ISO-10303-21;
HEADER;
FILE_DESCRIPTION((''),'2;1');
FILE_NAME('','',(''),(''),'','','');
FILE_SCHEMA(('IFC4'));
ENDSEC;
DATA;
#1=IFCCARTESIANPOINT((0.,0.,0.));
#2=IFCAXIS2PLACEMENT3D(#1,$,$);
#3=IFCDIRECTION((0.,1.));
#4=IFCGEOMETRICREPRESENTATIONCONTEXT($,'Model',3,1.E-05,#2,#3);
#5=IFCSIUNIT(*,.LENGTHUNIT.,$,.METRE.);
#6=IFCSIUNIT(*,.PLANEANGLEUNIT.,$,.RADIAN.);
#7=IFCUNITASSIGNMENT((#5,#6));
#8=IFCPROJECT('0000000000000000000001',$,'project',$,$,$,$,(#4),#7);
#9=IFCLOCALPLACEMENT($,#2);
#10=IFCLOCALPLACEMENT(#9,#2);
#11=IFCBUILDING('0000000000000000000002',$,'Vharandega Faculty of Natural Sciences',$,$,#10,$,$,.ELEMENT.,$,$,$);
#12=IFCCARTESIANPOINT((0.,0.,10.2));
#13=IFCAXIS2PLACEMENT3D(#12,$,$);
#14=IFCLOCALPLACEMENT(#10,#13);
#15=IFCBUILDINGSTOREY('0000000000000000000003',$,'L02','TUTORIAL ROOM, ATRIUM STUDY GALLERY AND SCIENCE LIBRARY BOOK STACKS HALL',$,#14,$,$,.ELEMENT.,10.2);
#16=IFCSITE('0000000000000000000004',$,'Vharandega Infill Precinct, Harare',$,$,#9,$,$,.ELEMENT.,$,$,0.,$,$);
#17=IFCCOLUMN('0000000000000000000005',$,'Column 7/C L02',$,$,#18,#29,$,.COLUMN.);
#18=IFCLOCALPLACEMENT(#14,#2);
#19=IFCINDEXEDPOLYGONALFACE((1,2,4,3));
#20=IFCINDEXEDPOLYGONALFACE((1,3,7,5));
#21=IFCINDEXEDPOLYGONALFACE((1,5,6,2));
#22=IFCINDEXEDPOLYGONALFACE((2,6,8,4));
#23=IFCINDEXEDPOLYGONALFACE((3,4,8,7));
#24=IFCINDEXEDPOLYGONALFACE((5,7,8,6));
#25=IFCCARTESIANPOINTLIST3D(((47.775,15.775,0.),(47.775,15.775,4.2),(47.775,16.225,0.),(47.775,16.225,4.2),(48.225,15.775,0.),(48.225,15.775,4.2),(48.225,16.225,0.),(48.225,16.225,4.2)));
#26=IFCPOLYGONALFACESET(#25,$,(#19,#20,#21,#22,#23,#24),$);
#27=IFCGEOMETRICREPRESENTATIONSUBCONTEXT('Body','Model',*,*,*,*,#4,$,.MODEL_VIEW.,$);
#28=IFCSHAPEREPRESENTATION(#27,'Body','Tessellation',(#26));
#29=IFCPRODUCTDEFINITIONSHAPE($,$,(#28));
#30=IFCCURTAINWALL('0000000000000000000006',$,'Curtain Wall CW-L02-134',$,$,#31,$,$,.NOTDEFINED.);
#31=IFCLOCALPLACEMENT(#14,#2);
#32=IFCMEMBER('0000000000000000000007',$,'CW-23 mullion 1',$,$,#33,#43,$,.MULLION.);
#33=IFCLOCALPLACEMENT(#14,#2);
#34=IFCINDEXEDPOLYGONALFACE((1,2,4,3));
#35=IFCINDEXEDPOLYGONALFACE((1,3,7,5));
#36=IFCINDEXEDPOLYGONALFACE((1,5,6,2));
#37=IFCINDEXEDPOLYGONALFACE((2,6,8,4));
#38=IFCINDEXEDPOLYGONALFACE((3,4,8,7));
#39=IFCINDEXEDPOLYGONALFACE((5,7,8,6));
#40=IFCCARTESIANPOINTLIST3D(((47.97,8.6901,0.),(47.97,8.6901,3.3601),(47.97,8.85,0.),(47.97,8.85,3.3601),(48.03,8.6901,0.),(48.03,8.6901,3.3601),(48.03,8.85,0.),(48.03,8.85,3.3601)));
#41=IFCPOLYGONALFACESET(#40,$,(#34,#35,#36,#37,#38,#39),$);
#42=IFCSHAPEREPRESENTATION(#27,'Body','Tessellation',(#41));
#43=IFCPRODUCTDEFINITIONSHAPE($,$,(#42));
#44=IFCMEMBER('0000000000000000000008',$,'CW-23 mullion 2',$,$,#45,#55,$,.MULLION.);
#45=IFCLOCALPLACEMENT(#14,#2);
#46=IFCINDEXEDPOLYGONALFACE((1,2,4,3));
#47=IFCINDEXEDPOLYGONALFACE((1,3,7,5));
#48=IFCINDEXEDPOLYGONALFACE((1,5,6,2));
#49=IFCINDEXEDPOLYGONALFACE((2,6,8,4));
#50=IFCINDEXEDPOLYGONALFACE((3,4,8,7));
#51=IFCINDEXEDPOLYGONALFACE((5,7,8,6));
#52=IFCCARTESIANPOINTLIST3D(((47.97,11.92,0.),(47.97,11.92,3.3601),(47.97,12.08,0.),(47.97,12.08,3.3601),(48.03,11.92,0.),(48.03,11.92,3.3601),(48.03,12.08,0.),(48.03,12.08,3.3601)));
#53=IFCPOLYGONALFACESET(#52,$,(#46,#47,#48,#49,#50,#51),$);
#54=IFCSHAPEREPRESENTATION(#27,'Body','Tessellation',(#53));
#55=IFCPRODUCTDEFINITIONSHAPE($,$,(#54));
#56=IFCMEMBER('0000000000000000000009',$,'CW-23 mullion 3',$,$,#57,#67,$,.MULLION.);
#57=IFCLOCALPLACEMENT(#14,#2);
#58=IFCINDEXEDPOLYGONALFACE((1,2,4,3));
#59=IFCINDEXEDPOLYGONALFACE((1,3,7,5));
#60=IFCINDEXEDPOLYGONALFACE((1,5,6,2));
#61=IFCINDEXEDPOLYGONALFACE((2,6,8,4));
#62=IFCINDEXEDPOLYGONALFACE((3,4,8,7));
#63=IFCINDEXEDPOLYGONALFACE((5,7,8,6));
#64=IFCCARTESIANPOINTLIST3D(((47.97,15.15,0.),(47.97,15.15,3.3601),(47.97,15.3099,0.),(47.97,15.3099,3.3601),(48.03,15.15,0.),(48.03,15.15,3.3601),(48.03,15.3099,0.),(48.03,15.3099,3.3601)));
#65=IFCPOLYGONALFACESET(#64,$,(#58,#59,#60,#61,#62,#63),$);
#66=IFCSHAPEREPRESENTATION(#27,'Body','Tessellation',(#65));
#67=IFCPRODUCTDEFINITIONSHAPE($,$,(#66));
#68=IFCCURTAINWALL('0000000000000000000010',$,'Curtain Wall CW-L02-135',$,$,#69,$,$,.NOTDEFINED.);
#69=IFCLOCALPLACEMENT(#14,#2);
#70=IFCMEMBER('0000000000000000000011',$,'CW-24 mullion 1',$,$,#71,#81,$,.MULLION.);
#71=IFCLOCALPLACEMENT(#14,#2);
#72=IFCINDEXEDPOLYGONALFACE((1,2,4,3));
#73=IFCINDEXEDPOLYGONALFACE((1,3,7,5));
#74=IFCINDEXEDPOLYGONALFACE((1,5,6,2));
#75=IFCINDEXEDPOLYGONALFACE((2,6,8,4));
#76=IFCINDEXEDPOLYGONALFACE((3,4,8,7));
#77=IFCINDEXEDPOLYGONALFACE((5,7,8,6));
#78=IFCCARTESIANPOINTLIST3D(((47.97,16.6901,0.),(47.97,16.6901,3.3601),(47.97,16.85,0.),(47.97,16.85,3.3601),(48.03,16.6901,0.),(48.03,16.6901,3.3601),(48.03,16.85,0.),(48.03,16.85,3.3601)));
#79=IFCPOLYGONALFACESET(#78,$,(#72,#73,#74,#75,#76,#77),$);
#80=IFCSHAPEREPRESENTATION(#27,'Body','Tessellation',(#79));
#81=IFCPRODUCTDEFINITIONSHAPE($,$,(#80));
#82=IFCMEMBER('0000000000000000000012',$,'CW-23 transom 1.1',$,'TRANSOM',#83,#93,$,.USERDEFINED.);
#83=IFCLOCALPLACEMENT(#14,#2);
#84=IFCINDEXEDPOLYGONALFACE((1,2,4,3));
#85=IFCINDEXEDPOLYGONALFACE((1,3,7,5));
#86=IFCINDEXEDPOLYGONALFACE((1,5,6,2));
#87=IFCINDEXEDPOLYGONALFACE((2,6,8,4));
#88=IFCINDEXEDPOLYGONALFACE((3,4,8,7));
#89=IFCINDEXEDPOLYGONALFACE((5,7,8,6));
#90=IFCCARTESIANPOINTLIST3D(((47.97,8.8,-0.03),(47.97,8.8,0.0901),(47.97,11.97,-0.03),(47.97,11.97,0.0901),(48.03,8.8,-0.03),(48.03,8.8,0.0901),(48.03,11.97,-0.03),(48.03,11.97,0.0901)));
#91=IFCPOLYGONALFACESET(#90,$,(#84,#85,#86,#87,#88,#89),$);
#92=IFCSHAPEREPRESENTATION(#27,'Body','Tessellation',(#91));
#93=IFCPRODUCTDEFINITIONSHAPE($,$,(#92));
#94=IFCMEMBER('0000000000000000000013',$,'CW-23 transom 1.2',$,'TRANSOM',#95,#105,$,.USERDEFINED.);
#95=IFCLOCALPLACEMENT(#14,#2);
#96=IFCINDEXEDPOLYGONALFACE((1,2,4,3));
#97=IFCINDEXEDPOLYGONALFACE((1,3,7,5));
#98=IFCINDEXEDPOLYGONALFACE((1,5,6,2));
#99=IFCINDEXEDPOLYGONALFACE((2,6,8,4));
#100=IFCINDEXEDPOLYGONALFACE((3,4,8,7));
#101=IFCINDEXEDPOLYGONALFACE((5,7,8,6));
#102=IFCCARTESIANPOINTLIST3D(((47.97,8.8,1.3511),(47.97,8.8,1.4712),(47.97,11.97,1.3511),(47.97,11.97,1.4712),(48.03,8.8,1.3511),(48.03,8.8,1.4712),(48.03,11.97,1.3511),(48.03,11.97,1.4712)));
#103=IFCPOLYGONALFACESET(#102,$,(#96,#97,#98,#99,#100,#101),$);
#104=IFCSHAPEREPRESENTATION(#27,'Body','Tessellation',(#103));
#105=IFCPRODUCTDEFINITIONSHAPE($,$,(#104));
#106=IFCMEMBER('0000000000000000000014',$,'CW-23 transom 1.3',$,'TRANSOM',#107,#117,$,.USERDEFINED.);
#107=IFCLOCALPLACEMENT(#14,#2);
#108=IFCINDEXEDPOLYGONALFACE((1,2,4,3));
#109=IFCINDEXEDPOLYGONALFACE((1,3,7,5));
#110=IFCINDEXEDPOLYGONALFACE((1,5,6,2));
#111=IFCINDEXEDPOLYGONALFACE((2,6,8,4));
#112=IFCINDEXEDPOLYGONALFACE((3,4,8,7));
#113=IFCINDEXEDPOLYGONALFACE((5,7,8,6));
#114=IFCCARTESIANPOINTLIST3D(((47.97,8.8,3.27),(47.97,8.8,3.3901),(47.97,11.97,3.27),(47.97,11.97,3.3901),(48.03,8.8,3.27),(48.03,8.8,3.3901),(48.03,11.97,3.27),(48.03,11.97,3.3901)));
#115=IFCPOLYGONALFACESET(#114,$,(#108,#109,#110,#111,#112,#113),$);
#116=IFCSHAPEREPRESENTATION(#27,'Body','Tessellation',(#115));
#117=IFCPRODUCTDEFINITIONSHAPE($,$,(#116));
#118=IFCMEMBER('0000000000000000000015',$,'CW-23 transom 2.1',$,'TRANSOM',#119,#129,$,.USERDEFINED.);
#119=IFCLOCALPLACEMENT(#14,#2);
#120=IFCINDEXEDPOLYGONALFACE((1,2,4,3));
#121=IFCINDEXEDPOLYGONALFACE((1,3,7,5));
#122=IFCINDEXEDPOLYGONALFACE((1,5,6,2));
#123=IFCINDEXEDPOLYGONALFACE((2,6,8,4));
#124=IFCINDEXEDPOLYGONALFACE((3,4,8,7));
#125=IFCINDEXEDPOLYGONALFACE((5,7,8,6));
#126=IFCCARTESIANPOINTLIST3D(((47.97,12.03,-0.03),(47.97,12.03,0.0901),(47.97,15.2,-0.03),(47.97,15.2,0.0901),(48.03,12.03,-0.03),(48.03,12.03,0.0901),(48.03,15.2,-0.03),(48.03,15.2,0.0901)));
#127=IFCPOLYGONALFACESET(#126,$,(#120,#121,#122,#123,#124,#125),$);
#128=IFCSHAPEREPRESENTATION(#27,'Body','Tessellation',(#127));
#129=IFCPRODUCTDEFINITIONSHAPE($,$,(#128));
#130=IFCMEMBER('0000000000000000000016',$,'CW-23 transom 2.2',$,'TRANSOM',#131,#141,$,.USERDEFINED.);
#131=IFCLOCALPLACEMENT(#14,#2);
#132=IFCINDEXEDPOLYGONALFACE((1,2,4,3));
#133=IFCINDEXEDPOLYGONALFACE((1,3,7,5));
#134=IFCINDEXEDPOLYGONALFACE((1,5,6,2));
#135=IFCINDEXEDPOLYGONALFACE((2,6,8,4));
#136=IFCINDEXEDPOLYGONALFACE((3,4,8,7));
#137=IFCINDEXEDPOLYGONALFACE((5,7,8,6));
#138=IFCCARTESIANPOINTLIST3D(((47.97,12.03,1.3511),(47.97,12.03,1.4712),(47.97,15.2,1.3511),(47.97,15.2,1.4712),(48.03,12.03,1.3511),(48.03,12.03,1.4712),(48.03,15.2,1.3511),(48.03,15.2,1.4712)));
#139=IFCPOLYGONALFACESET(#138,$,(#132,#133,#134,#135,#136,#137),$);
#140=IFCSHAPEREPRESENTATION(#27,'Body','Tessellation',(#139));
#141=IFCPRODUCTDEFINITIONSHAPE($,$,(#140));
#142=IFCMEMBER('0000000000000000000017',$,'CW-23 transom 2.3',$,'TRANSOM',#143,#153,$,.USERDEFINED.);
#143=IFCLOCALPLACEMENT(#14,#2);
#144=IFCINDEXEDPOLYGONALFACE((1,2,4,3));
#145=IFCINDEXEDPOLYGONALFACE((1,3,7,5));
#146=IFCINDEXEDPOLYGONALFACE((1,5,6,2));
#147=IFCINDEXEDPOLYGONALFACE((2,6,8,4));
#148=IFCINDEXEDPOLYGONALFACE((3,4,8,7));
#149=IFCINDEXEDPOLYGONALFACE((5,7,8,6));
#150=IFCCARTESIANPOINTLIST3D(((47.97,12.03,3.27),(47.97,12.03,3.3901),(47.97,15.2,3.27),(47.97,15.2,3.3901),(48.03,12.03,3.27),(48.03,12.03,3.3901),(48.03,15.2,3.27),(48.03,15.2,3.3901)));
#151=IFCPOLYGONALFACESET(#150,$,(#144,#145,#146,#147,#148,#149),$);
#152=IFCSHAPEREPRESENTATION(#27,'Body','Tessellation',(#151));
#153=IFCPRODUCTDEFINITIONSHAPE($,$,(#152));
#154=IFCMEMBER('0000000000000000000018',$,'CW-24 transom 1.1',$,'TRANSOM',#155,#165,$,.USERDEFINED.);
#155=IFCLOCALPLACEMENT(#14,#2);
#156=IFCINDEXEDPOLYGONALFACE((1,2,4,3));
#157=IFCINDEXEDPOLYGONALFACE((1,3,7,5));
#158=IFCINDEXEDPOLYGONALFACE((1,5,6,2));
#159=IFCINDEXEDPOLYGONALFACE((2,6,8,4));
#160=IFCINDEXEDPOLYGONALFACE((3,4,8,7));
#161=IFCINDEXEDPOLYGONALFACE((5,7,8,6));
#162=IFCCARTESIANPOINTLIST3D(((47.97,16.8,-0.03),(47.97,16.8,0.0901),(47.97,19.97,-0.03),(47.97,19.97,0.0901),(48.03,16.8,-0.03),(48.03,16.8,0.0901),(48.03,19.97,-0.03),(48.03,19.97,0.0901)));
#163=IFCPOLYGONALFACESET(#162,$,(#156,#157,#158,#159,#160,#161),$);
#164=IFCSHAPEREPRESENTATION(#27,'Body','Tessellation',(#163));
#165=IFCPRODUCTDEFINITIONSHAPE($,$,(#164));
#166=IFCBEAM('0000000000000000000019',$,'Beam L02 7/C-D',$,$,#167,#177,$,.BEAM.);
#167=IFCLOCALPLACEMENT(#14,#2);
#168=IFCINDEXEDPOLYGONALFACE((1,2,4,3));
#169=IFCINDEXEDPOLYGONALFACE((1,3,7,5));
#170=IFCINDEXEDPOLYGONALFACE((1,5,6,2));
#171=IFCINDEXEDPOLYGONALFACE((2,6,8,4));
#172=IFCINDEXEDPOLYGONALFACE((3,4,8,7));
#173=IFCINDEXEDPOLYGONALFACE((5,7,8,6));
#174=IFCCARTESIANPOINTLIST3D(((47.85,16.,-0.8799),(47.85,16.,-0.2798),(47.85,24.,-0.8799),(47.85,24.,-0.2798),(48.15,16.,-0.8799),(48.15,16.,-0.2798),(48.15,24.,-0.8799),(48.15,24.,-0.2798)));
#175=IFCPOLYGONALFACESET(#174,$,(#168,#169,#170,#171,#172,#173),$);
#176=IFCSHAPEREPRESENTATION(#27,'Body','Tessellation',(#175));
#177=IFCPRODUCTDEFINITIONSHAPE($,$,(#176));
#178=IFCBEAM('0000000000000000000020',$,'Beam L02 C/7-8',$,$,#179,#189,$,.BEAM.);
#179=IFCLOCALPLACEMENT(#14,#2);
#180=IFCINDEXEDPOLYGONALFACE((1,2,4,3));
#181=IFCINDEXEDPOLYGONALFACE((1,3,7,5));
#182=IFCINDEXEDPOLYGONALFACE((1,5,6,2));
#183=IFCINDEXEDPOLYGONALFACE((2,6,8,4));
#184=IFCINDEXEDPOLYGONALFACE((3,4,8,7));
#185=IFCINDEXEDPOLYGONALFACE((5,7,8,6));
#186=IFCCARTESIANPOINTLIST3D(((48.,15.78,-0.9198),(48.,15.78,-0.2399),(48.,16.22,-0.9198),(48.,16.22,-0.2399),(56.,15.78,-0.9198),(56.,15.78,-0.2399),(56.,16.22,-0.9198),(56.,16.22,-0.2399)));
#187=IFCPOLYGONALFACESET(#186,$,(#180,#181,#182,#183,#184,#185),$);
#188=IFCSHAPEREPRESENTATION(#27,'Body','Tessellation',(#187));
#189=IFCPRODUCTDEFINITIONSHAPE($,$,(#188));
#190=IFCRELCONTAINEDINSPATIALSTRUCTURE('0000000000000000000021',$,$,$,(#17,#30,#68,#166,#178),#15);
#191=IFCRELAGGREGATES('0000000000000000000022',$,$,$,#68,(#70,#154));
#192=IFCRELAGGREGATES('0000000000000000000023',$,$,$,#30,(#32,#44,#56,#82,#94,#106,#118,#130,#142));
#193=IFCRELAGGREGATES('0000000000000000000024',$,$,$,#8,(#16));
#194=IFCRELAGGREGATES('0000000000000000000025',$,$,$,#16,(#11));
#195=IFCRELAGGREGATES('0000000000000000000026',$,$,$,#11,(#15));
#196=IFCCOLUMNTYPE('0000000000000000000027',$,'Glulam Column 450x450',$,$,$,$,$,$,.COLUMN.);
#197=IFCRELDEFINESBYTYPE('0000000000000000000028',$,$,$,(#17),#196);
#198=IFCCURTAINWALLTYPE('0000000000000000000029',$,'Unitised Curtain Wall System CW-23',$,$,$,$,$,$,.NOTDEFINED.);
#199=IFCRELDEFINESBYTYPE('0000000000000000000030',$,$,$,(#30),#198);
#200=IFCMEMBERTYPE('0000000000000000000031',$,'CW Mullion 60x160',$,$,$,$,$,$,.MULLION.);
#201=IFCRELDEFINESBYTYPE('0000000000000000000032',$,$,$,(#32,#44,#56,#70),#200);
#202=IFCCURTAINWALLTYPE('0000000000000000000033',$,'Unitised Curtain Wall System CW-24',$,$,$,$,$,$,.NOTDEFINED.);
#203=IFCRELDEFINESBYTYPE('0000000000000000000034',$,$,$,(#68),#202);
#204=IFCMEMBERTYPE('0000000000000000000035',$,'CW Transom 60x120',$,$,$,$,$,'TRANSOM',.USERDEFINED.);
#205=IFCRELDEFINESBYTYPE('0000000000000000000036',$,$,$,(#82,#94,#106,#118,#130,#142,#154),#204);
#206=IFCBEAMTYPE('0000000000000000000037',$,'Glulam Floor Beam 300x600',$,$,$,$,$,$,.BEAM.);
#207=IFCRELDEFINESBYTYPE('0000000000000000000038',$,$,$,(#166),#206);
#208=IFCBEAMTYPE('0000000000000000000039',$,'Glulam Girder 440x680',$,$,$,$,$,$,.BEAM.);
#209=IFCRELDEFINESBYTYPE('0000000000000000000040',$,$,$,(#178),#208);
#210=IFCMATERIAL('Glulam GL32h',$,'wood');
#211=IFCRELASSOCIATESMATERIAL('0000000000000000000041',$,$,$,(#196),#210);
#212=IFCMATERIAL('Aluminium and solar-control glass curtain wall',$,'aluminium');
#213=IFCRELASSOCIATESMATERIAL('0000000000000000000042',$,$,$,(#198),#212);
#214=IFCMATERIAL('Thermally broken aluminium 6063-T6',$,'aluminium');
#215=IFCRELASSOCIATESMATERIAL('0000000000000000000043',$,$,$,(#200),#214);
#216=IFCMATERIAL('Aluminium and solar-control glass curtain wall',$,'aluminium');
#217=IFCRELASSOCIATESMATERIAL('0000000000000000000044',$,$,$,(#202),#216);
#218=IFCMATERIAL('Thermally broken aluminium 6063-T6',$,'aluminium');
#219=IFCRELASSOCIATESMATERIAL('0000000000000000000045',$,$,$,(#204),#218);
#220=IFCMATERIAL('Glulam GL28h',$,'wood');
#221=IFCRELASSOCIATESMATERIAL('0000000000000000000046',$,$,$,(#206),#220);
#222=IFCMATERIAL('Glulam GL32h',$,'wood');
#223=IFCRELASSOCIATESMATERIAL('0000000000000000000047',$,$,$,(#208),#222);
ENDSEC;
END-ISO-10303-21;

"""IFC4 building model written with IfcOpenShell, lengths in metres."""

from ifc_helpers import new_model, si_unit, direction, frame, origin, origin_2d, place, context, subcontext, project, spatial, rectangle, extrude, material, material_profile, profile_set, type_object, element, aggregate, save


model = new_model("IFC4")

# Units and contexts
model_context = context("Model", 3, precision=1e-05, world=origin(), true_north=direction((0.0, 1.0)))
body_context = subcontext(model_context, "Body", "Model", "MODEL_VIEW")
ifc_project = project(units=[si_unit("LENGTHUNIT", "METRE"), si_unit("PLANEANGLEUNIT", "RADIAN")], contexts=[model_context])

# Site, building, storey
site_placement = place(None, origin())
site = spatial("IfcSite", under=ifc_project, at=site_placement, Name="Vharandega Infill Precinct, Harare", CompositionType="ELEMENT", RefElevation=0.0)
building_placement = place(site_placement, origin())
building = spatial("IfcBuilding", under=site, at=building_placement, Name="Vharandega Faculty of Natural Sciences", CompositionType="ELEMENT")
storey_placement = place(building_placement, frame((0.0, 0.0, 10.2)))
storey = spatial("IfcBuildingStorey", under=building, at=storey_placement, Name="L02", Description="TUTORIAL ROOM, ATRIUM STUDY GALLERY AND SCIENCE LIBRARY BOOK STACKS HALL", CompositionType="ELEMENT", Elevation=10.2)

# Column
ifc_material_1 = material(Name="Glulam GL32h", Category="wood")
ifc_material_profile_1 = material_profile(ifc_material_1, rectangle(XDim=0.45, YDim=0.45, at=origin_2d()), Name="GL32h 450x450")
ifc_profile_set_1 = profile_set([ifc_material_profile_1], Name="Glulam GL32h")
column_type = type_object("IfcColumnType", Name="Glulam Column 450x450", PredefinedType="COLUMN", material=ifc_profile_set_1)
column_placement = place(storey_placement, frame((48.0, 16.0, 0.0), z_axis=(0.0, 0.0, 1.0), x_axis=(1.0, 0.0, 0.0)))
element("IfcColumn", 1, at=column_placement, inside=storey, type_object=column_type, Name="Column 7/C L02", PredefinedType="COLUMN", context=body_context, shape_type="SweptSolid", body=[
    extrude(rectangle(XDim=0.45, YDim=0.45, at=origin_2d()), origin(), (0.0, 0.0, 1.0), 4.2),
])

# Curtain wall, members
ifc_material_2 = material(Name="Aluminium and solar-control glass curtain wall", Category="aluminium")
curtain_wall_type_1 = type_object("IfcCurtainWallType", Name="Unitised Curtain Wall System CW-23", PredefinedType="NOTDEFINED", material=ifc_material_2)
curtain_wall_1_placement = place(storey_placement, origin())
curtain_wall_1 = element("IfcCurtainWall", 2, at=curtain_wall_1_placement, inside=storey, type_object=curtain_wall_type_1, Name="Curtain Wall CW-L02-134", PredefinedType="NOTDEFINED")
ifc_material_3 = material(Name="Thermally broken aluminium 6063-T6", Category="aluminium")
ifc_material_profile_2 = material_profile(ifc_material_3, rectangle(XDim=0.0601, YDim=0.1599, at=origin_2d()), Name="ALU 60x160")
ifc_profile_set_2 = profile_set([ifc_material_profile_2], Name="Thermally broken aluminium 6063-T6")
member_type_1 = type_object("IfcMemberType", Name="CW Mullion 60x160", PredefinedType="MULLION", material=ifc_profile_set_2)
member_1_placement = place(storey_placement, frame((48.0, 8.77, 0.0), z_axis=(0.0, 0.0, 1.0), x_axis=(-1.0, 0.0, 0.0)))
member_1 = element("IfcMember", 3, at=member_1_placement, type_object=member_type_1, Name="CW-23 mullion 1", PredefinedType="MULLION", context=body_context, shape_type="SweptSolid", body=[
    extrude(rectangle(XDim=0.0601, YDim=0.1599, at=origin_2d()), origin(), (0.0, 0.0, 1.0), 3.3601),
])
member_2_placement = place(storey_placement, frame((48.0, 12.0, 0.0), z_axis=(0.0, 0.0, 1.0), x_axis=(-1.0, 0.0, 0.0)))
member_2 = element("IfcMember", 4, at=member_2_placement, type_object=member_type_1, Name="CW-23 mullion 2", PredefinedType="MULLION", context=body_context, shape_type="SweptSolid", body=[
    extrude(rectangle(XDim=0.0601, YDim=0.1599, at=origin_2d()), origin(), (0.0, 0.0, 1.0), 3.3601),
])
member_3_placement = place(storey_placement, frame((48.0, 15.23, 0.0), z_axis=(0.0, 0.0, 1.0), x_axis=(-1.0, 0.0, 0.0)))
member_3 = element("IfcMember", 5, at=member_3_placement, type_object=member_type_1, Name="CW-23 mullion 3", PredefinedType="MULLION", context=body_context, shape_type="SweptSolid", body=[
    extrude(rectangle(XDim=0.0601, YDim=0.1599, at=origin_2d()), origin(), (0.0, 0.0, 1.0), 3.3601),
])

# Curtain wall, member
ifc_material_4 = material(Name="Aluminium and solar-control glass curtain wall", Category="aluminium")
curtain_wall_type_2 = type_object("IfcCurtainWallType", Name="Unitised Curtain Wall System CW-24", PredefinedType="NOTDEFINED", material=ifc_material_4)
curtain_wall_2_placement = place(storey_placement, origin())
curtain_wall_2 = element("IfcCurtainWall", 6, at=curtain_wall_2_placement, inside=storey, type_object=curtain_wall_type_2, Name="Curtain Wall CW-L02-135", PredefinedType="NOTDEFINED")
member_4_placement = place(storey_placement, frame((48.0, 16.77, 0.0), z_axis=(0.0, 0.0, 1.0), x_axis=(-1.0, 0.0, 0.0)))
member_4 = element("IfcMember", 7, at=member_4_placement, type_object=member_type_1, Name="CW-24 mullion 1", PredefinedType="MULLION", context=body_context, shape_type="SweptSolid", body=[
    extrude(rectangle(XDim=0.0601, YDim=0.1599, at=origin_2d()), origin(), (0.0, 0.0, 1.0), 3.3601),
])

# Members
ifc_material_5 = material(Name="Thermally broken aluminium 6063-T6", Category="aluminium")
ifc_material_profile_3 = material_profile(ifc_material_5, rectangle(XDim=0.0601, YDim=0.1201, at=origin_2d()), Name="ALU 60x120")
ifc_profile_set_3 = profile_set([ifc_material_profile_3], Name="Thermally broken aluminium 6063-T6")
member_type_2 = type_object("IfcMemberType", Name="CW Transom 60x120", ElementType="TRANSOM", PredefinedType="USERDEFINED", material=ifc_profile_set_3)
member_5_placement = place(storey_placement, frame((48.0, 8.8, 0.03), z_axis=(0.0, 1.0, 0.0), x_axis=(-1.0, 0.0, 0.0)))
member_5 = element("IfcMember", 8, at=member_5_placement, type_object=member_type_2, Name="CW-23 transom 1.1", ObjectType="TRANSOM", PredefinedType="USERDEFINED", context=body_context, shape_type="SweptSolid", body=[
    extrude(rectangle(XDim=0.0601, YDim=0.1201, at=origin_2d()), origin(), (0.0, 0.0, 1.0), 3.1699),
])
member_6_placement = place(storey_placement, frame((48.0, 8.8, 1.4111), z_axis=(0.0, 1.0, 0.0), x_axis=(-1.0, 0.0, 0.0)))
member_6 = element("IfcMember", 9, at=member_6_placement, type_object=member_type_2, Name="CW-23 transom 1.2", ObjectType="TRANSOM", PredefinedType="USERDEFINED", context=body_context, shape_type="SweptSolid", body=[
    extrude(rectangle(XDim=0.0601, YDim=0.1201, at=origin_2d()), origin(), (0.0, 0.0, 1.0), 3.1699),
])
member_7_placement = place(storey_placement, frame((48.0, 8.8, 3.3301), z_axis=(0.0, 1.0, 0.0), x_axis=(-1.0, 0.0, 0.0)))
member_7 = element("IfcMember", 10, at=member_7_placement, type_object=member_type_2, Name="CW-23 transom 1.3", ObjectType="TRANSOM", PredefinedType="USERDEFINED", context=body_context, shape_type="SweptSolid", body=[
    extrude(rectangle(XDim=0.0601, YDim=0.1201, at=origin_2d()), origin(), (0.0, 0.0, 1.0), 3.1699),
])
member_8_placement = place(storey_placement, frame((48.0, 12.03, 0.03), z_axis=(0.0, 1.0, 0.0), x_axis=(-1.0, 0.0, 0.0)))
member_8 = element("IfcMember", 11, at=member_8_placement, type_object=member_type_2, Name="CW-23 transom 2.1", ObjectType="TRANSOM", PredefinedType="USERDEFINED", context=body_context, shape_type="SweptSolid", body=[
    extrude(rectangle(XDim=0.0601, YDim=0.1201, at=origin_2d()), origin(), (0.0, 0.0, 1.0), 3.1699),
])
member_9_placement = place(storey_placement, frame((48.0, 12.03, 1.4111), z_axis=(0.0, 1.0, 0.0), x_axis=(-1.0, 0.0, 0.0)))
member_9 = element("IfcMember", 12, at=member_9_placement, type_object=member_type_2, Name="CW-23 transom 2.2", ObjectType="TRANSOM", PredefinedType="USERDEFINED", context=body_context, shape_type="SweptSolid", body=[
    extrude(rectangle(XDim=0.0601, YDim=0.1201, at=origin_2d()), origin(), (0.0, 0.0, 1.0), 3.1699),
])
member_10_placement = place(storey_placement, frame((48.0, 12.03, 3.3301), z_axis=(0.0, 1.0, 0.0), x_axis=(-1.0, 0.0, 0.0)))
member_10 = element("IfcMember", 13, at=member_10_placement, type_object=member_type_2, Name="CW-23 transom 2.3", ObjectType="TRANSOM", PredefinedType="USERDEFINED", context=body_context, shape_type="SweptSolid", body=[
    extrude(rectangle(XDim=0.0601, YDim=0.1201, at=origin_2d()), origin(), (0.0, 0.0, 1.0), 3.1699),
])
member_11_placement = place(storey_placement, frame((48.0, 16.8, 0.03), z_axis=(0.0, 1.0, 0.0), x_axis=(-1.0, 0.0, 0.0)))
member_11 = element("IfcMember", 14, at=member_11_placement, type_object=member_type_2, Name="CW-24 transom 1.1", ObjectType="TRANSOM", PredefinedType="USERDEFINED", context=body_context, shape_type="SweptSolid", body=[
    extrude(rectangle(XDim=0.0601, YDim=0.1201, at=origin_2d()), origin(), (0.0, 0.0, 1.0), 3.1699),
])
aggregate(curtain_wall_2, [member_4, member_11])

# Beams
ifc_material_6 = material(Name="Glulam GL28h", Category="wood")
ifc_material_profile_4 = material_profile(ifc_material_6, rectangle(XDim=0.3, YDim=0.6001, at=origin_2d()), Name="GL28h 300x600")
ifc_profile_set_4 = profile_set([ifc_material_profile_4], Name="Glulam GL28h")
beam_type_1 = type_object("IfcBeamType", Name="Glulam Floor Beam 300x600", PredefinedType="BEAM", material=ifc_profile_set_4)
beam_1_placement = place(storey_placement, frame((48.0, 16.0, -0.5798), z_axis=(0.0, 1.0, 0.0), x_axis=(-1.0, 0.0, 0.0)))
element("IfcBeam", 15, at=beam_1_placement, inside=storey, type_object=beam_type_1, Name="Beam L02 7/C-D", PredefinedType="BEAM", context=body_context, shape_type="SweptSolid", body=[
    extrude(rectangle(XDim=0.3, YDim=0.6001, at=origin_2d()), origin(), (0.0, 0.0, 1.0), 8.0),
])
ifc_material_7 = material(Name="Glulam GL32h", Category="wood")
ifc_material_profile_5 = material_profile(ifc_material_7, rectangle(XDim=0.4399, YDim=0.6799, at=origin_2d()), Name="GL32h 440x680")
ifc_profile_set_5 = profile_set([ifc_material_profile_5], Name="Glulam GL32h")
beam_type_2 = type_object("IfcBeamType", Name="Glulam Girder 440x680", PredefinedType="BEAM", material=ifc_profile_set_5)
beam_2_placement = place(storey_placement, frame((48.0, 16.0, -0.5798), z_axis=(1.0, 0.0, 0.0), x_axis=(0.0, 1.0, 0.0)))
element("IfcBeam", 16, at=beam_2_placement, inside=storey, type_object=beam_type_2, Name="Beam L02 C/7-8", PredefinedType="BEAM", context=body_context, shape_type="SweptSolid", body=[
    extrude(rectangle(XDim=0.4399, YDim=0.6799, at=origin_2d()), origin(), (0.0, 0.0, 1.0), 8.0),
])

aggregate(curtain_wall_1, [member_1, member_2, member_3, member_5, member_6, member_7, member_8, member_9, member_10])

save(model, "model.ifc")
